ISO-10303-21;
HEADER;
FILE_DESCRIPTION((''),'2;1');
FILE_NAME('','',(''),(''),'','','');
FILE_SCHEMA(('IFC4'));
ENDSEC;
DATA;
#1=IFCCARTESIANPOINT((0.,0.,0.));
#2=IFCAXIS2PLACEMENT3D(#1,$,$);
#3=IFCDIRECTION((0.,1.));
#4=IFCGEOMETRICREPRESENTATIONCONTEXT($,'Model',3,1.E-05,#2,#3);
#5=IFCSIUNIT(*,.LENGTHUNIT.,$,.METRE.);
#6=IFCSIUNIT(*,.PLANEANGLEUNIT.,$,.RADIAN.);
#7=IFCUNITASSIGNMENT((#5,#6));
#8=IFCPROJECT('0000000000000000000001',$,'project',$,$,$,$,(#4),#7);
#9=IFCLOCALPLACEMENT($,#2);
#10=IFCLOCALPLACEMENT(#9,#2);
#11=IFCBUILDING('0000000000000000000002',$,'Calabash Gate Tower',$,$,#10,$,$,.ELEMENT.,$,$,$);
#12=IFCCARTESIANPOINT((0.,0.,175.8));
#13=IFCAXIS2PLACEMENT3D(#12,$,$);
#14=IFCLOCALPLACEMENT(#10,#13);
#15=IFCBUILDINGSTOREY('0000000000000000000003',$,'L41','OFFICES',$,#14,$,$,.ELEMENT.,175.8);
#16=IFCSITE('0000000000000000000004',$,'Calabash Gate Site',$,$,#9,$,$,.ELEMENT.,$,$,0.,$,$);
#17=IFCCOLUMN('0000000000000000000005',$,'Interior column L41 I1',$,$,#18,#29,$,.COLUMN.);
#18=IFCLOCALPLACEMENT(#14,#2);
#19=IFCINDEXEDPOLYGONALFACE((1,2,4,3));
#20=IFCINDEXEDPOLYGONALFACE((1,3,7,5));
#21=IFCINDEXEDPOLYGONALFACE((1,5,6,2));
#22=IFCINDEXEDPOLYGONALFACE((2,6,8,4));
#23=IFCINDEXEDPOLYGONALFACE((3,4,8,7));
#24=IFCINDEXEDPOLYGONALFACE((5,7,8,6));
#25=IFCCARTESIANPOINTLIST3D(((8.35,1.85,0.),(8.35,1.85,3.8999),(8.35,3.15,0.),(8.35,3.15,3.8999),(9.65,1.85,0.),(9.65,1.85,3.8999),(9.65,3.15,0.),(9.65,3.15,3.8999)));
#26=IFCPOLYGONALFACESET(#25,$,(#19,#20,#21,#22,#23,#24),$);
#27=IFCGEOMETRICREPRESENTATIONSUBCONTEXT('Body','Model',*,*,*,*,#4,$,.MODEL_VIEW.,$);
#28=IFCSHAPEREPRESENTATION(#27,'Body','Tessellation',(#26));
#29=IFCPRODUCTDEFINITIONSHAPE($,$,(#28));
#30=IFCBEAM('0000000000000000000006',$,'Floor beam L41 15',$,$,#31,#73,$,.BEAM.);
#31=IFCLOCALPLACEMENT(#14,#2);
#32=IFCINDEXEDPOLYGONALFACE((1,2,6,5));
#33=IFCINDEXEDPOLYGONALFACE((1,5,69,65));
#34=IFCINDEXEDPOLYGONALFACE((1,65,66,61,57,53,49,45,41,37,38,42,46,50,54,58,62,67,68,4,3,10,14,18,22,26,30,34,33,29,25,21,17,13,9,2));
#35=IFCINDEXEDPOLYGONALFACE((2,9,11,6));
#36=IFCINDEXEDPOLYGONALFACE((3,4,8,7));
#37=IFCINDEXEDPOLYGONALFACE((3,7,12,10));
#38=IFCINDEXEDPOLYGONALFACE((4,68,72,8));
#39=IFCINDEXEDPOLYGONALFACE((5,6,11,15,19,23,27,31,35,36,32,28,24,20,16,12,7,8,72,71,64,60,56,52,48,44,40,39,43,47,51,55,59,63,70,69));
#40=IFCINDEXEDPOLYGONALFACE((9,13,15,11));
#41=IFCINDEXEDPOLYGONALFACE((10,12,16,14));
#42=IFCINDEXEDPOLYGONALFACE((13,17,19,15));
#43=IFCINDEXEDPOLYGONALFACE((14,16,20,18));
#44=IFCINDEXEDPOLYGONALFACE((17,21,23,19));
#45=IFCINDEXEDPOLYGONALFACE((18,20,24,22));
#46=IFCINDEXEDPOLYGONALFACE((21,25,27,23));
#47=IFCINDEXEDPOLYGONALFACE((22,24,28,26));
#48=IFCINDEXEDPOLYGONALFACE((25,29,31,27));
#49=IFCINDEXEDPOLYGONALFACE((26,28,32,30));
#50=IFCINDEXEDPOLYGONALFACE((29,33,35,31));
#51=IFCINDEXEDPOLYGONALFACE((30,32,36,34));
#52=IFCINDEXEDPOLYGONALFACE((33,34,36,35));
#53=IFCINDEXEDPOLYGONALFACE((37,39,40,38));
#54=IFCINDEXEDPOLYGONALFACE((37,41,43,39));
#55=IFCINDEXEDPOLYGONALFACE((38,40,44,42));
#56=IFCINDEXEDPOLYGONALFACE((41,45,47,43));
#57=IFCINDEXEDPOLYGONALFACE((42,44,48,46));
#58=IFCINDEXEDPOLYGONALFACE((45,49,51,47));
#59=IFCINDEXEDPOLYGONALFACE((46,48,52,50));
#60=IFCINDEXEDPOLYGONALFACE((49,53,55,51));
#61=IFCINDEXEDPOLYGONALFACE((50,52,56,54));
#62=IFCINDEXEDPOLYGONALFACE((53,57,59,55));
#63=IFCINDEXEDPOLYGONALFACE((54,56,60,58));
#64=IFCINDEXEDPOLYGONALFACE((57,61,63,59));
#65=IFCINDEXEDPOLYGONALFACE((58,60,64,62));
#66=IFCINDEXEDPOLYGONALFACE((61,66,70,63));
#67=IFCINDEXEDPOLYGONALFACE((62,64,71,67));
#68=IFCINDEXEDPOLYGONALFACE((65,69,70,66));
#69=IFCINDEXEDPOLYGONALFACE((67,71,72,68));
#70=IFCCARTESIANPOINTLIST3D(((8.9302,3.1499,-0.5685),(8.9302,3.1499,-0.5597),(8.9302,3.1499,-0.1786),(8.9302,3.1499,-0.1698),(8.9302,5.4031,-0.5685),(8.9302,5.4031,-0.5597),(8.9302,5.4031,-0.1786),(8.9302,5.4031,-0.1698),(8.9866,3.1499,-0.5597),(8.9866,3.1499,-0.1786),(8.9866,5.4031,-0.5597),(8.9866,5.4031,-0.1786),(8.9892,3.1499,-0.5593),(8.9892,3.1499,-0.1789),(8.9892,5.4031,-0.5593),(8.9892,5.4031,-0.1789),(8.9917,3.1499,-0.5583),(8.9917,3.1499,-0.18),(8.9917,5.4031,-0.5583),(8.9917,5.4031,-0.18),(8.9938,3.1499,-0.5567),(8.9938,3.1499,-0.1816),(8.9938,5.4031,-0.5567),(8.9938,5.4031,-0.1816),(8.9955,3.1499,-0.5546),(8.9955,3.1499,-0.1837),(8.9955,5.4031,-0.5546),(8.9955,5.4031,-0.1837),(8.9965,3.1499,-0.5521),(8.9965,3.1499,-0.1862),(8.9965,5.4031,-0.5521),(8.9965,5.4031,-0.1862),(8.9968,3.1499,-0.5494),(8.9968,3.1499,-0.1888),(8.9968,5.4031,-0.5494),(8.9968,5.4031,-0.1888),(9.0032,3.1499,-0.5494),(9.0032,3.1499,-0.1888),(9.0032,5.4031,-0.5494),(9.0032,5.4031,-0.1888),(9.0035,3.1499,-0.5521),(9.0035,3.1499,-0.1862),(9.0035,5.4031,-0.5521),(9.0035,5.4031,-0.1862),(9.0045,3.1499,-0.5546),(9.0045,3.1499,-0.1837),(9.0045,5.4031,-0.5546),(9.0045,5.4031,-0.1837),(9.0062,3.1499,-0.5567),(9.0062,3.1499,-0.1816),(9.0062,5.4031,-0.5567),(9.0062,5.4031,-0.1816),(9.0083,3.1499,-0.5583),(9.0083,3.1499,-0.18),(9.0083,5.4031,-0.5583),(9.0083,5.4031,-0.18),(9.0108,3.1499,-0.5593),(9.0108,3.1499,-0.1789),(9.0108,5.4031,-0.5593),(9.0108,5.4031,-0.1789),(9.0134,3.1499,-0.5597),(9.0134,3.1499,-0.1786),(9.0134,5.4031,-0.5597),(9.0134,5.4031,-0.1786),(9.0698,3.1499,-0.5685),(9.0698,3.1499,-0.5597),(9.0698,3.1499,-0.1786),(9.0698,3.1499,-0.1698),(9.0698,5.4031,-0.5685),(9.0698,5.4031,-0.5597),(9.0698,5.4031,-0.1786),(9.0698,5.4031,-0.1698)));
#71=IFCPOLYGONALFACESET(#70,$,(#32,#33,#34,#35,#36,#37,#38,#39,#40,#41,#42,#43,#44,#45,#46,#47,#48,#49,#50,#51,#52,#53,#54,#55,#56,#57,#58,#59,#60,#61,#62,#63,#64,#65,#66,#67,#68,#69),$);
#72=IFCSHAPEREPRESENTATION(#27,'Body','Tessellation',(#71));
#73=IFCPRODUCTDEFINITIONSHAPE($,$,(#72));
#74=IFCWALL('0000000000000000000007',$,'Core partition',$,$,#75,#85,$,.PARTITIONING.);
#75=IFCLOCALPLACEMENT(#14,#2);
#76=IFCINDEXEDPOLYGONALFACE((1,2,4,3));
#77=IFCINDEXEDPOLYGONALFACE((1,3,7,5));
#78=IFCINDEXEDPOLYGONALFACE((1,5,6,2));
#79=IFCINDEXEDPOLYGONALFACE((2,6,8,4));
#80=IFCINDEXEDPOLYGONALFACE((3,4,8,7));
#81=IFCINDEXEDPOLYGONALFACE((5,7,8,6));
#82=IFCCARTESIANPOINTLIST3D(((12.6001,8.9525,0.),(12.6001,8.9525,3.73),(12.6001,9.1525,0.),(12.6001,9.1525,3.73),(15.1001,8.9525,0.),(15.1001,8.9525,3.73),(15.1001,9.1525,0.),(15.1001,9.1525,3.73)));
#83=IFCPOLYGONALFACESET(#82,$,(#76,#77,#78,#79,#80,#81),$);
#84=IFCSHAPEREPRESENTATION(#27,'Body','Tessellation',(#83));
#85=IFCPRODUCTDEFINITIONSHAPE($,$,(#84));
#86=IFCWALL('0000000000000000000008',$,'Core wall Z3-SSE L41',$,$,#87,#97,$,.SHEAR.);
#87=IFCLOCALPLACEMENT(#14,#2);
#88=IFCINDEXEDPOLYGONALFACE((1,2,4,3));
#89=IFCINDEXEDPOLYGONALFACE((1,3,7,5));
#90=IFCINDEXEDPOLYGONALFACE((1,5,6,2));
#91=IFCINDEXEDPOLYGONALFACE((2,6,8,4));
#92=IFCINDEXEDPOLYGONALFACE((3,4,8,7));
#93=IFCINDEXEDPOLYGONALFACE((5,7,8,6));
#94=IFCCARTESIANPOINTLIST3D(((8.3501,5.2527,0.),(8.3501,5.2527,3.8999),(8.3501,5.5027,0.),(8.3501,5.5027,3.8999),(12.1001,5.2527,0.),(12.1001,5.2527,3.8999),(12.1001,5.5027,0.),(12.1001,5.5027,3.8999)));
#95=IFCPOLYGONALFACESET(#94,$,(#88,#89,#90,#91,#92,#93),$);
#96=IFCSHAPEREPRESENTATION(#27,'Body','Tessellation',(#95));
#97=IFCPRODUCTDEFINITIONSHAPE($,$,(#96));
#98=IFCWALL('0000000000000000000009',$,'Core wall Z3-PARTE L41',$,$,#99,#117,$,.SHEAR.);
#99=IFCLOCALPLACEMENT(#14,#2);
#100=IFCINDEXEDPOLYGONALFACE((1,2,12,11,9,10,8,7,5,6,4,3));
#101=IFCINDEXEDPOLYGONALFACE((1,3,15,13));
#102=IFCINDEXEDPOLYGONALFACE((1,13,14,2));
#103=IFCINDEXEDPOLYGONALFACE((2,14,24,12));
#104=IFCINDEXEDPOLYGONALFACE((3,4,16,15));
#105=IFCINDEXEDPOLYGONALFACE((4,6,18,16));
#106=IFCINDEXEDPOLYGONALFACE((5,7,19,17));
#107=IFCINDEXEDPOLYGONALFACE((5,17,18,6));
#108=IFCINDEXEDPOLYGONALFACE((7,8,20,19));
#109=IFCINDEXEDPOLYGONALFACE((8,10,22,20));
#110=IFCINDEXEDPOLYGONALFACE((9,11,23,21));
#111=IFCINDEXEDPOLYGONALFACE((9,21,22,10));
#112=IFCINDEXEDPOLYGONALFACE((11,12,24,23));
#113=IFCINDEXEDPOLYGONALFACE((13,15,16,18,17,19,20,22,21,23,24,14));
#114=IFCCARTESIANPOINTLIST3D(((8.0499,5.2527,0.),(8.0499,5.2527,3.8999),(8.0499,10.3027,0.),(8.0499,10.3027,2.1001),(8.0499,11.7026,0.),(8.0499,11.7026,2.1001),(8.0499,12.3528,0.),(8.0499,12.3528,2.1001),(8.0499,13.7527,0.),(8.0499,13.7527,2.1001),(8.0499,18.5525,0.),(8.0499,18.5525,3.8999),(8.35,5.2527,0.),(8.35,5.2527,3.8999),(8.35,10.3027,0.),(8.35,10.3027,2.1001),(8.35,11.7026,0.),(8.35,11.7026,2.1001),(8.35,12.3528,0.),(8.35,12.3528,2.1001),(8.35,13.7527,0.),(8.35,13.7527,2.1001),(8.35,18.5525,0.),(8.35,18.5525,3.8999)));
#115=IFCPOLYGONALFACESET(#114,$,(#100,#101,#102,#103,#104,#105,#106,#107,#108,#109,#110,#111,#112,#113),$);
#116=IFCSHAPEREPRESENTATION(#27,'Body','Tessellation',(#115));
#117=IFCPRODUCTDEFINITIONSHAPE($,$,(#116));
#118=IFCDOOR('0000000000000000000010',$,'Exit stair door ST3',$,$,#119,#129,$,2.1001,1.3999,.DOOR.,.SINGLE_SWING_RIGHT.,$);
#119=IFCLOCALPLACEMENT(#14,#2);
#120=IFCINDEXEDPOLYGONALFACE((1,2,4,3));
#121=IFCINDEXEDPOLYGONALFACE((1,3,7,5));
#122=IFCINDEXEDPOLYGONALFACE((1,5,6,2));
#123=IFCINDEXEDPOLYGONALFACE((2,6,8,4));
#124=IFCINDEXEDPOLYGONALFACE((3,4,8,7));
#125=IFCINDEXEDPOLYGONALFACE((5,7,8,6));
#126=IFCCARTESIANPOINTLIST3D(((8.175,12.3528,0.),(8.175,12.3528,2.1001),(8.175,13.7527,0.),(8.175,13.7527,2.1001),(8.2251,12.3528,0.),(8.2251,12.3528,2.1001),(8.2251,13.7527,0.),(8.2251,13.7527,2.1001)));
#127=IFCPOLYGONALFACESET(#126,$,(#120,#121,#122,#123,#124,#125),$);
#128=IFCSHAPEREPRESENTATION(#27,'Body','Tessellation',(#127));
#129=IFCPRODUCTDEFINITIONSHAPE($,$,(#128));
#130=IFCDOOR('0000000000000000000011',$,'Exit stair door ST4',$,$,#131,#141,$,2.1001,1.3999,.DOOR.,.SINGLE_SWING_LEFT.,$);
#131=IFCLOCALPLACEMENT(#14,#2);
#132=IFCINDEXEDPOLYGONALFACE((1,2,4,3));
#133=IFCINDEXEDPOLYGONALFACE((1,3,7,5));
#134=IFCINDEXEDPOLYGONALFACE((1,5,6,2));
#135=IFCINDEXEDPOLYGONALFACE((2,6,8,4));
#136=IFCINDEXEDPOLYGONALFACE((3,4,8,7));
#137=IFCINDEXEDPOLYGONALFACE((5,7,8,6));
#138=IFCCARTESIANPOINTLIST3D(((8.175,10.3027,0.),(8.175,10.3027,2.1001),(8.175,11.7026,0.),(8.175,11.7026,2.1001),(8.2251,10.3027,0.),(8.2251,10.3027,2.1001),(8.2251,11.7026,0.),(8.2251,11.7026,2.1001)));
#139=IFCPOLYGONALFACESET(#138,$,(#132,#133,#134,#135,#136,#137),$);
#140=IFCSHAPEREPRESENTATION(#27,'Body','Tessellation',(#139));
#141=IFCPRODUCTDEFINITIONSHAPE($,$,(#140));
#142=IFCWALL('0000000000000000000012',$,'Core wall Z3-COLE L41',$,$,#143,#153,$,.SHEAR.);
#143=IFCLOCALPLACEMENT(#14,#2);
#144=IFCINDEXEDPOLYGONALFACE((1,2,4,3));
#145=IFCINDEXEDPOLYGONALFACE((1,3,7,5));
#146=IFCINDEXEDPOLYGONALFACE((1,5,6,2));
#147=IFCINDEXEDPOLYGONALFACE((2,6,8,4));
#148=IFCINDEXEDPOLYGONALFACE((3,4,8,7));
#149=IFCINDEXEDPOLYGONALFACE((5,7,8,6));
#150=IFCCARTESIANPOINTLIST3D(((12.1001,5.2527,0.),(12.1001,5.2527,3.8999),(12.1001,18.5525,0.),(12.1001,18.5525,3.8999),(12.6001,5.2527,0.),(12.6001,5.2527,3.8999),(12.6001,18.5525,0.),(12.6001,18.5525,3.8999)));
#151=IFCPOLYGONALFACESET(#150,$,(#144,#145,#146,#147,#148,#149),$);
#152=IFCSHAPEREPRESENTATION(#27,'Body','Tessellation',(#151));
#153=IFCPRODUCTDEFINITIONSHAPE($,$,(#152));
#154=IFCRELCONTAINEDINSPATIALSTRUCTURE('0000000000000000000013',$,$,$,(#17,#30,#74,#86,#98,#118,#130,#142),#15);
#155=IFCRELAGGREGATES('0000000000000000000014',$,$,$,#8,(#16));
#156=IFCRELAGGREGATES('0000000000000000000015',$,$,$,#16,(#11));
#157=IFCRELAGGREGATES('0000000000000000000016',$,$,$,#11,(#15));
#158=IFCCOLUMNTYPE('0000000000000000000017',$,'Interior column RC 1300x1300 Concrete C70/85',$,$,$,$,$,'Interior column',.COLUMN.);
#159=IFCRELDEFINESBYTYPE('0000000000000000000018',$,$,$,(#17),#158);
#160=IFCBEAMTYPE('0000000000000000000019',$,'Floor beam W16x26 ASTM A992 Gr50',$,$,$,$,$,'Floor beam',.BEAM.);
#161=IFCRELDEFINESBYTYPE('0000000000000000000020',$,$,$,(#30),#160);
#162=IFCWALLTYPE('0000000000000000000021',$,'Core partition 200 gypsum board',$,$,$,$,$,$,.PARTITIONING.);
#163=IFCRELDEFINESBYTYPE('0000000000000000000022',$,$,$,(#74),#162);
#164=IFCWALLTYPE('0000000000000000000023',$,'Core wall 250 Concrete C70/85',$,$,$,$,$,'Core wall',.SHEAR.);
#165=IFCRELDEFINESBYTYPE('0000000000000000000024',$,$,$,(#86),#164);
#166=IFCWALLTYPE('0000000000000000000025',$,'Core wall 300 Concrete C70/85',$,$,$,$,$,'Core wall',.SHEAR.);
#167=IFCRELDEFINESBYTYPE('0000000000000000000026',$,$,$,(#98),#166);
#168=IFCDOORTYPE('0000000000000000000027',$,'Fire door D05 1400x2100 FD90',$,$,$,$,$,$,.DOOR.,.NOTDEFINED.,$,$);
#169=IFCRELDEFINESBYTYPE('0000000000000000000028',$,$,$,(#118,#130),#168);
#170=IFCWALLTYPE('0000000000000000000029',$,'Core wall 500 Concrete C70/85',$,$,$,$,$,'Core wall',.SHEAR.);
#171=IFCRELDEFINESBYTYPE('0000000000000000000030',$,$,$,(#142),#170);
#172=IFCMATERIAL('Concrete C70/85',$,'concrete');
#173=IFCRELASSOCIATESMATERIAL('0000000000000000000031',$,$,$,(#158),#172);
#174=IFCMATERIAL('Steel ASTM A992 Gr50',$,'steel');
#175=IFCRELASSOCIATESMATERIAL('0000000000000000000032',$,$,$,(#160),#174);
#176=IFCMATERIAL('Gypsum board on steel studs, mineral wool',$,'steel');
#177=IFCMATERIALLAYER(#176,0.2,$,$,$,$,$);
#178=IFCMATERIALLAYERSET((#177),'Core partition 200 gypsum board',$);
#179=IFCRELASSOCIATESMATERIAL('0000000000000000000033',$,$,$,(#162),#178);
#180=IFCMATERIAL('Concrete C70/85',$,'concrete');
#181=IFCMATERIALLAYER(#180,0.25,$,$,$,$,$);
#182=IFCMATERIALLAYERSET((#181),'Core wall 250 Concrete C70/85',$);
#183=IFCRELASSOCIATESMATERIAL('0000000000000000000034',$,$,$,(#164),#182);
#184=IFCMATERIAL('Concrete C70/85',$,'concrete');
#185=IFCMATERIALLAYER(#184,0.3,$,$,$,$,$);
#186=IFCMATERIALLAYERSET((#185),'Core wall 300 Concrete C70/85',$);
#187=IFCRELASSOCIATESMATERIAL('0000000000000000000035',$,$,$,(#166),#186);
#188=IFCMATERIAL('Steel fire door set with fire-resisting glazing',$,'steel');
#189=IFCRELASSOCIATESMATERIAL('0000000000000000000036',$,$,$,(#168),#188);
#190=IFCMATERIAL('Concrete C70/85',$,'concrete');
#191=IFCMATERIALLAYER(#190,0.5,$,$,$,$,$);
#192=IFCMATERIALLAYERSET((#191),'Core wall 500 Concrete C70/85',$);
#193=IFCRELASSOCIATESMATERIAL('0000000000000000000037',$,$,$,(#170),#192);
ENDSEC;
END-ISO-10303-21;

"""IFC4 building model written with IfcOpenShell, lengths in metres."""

from ifc_helpers import new_model, si_unit, direction, frame, frame_2d, origin, origin_2d, place, context, subcontext, project, spatial, rectangle, i_section, extrude, material, layer, layer_set, material_profile, profile_set, type_object, element, fill, save


model = new_model("IFC4")

# Units and contexts
model_context = context("Model", 3, precision=1e-05, world=origin(), true_north=direction((0.0, 1.0)))
body_context = subcontext(model_context, "Body", "Model", "MODEL_VIEW")
ifc_project = project(units=[si_unit("LENGTHUNIT", "METRE"), si_unit("PLANEANGLEUNIT", "RADIAN")], contexts=[model_context])

# Site, building, storey
site_placement = place(None, origin())
site = spatial("IfcSite", under=ifc_project, at=site_placement, Name="Calabash Gate Site", CompositionType="ELEMENT", RefElevation=0.0)
building_placement = place(site_placement, origin())
building = spatial("IfcBuilding", under=site, at=building_placement, Name="Calabash Gate Tower", CompositionType="ELEMENT")
storey_placement = place(building_placement, frame((0.0, 0.0, 175.8)))
storey = spatial("IfcBuildingStorey", under=building, at=storey_placement, Name="L41", Description="OFFICES", CompositionType="ELEMENT", Elevation=175.8)

# Column
ifc_material_1 = material(Name="Concrete C70/85", Category="concrete")
ifc_material_profile_1 = material_profile(ifc_material_1, rectangle(XDim=1.3, YDim=1.3, at=origin_2d()))
ifc_profile_set_1 = profile_set([ifc_material_profile_1], Name="Concrete C70/85")
column_type = type_object("IfcColumnType", Name="Interior column RC 1300x1300 Concrete C70/85", ElementType="Interior column", PredefinedType="COLUMN", material=ifc_profile_set_1)
column_placement = place(storey_placement, frame((9.0, 2.5, 0.0), z_axis=(0.0, 0.0, 1.0), x_axis=(1.0, 0.0, 0.0)))
element("IfcColumn", 1, at=column_placement, inside=storey, type_object=column_type, Name="Interior column L41 I1", PredefinedType="COLUMN", context=body_context, shape_type="SweptSolid", body=[
    extrude(rectangle(XDim=1.3, YDim=1.3, at=origin_2d()), origin(), (0.0, 0.0, 1.0), 3.8999),
])

# Beam
ifc_material_2 = material(Name="Steel ASTM A992 Gr50", Category="steel")
ifc_material_profile_2 = material_profile(ifc_material_2, i_section(OverallWidth=0.1396, OverallDepth=0.3987, WebThickness=0.0063, FlangeThickness=0.0088, FilletRadius=0.0103, at=origin_2d()))
ifc_profile_set_2 = profile_set([ifc_material_profile_2], Name="Steel ASTM A992 Gr50")
beam_type = type_object("IfcBeamType", Name="Floor beam W16x26 ASTM A992 Gr50", ElementType="Floor beam", PredefinedType="BEAM", material=ifc_profile_set_2)
beam_placement = place(storey_placement, frame((9.0, 3.1499, -0.3691), z_axis=(0.0, 1.0, 0.0), x_axis=(-1.0, 0.0, 0.0)))
element("IfcBeam", 2, at=beam_placement, inside=storey, type_object=beam_type, Name="Floor beam L41 15", PredefinedType="BEAM", context=body_context, shape_type="SweptSolid", body=[
    extrude(i_section(OverallWidth=0.1396, OverallDepth=0.3987, WebThickness=0.0063, FlangeThickness=0.0088, FilletRadius=0.0103, at=origin_2d()), origin(), (0.0, 0.0, 1.0), 2.2532),
])

# Walls
ifc_material_3 = material(Name="Gypsum board on steel studs, mineral wool", Category="steel")
ifc_layer_1 = layer(ifc_material_3, 0.2)
ifc_layer_set_1 = layer_set([ifc_layer_1], Name="Core partition 200 gypsum board")
wall_type_1 = type_object("IfcWallType", Name="Core partition 200 gypsum board", PredefinedType="PARTITIONING", material=ifc_layer_set_1)
wall_1_placement = place(storey_placement, frame((12.6001, 9.0525, 0.0), z_axis=(0.0, 0.0, 1.0), x_axis=(1.0, 0.0, 0.0)))
element("IfcWall", 3, at=wall_1_placement, inside=storey, type_object=wall_type_1, Name="Core partition", PredefinedType="PARTITIONING", context=body_context, shape_type="SweptSolid", body=[
    extrude(rectangle(XDim=2.5, YDim=0.2, at=frame_2d((1.25, 0.0))), origin(), (0.0, 0.0, 1.0), 3.73),
])
ifc_material_4 = material(Name="Concrete C70/85", Category="concrete")
ifc_layer_2 = layer(ifc_material_4, 0.25)
ifc_layer_set_2 = layer_set([ifc_layer_2], Name="Core wall 250 Concrete C70/85")
wall_type_2 = type_object("IfcWallType", Name="Core wall 250 Concrete C70/85", ElementType="Core wall", PredefinedType="SHEAR", material=ifc_layer_set_2)
wall_2_placement = place(storey_placement, frame((8.3501, 5.3777, 0.0), z_axis=(0.0, 0.0, 1.0), x_axis=(1.0, 0.0, 0.0)))
element("IfcWall", 4, at=wall_2_placement, inside=storey, type_object=wall_type_2, Name="Core wall Z3-SSE L41", PredefinedType="SHEAR", context=body_context, shape_type="SweptSolid", body=[
    extrude(rectangle(XDim=3.75, YDim=0.25, at=frame_2d((1.875, 0.0))), origin(), (0.0, 0.0, 1.0), 3.8999),
])

# Wall, openings, doors
ifc_material_5 = material(Name="Concrete C70/85", Category="concrete")
ifc_layer_3 = layer(ifc_material_5, 0.3)
ifc_layer_set_3 = layer_set([ifc_layer_3], Name="Core wall 300 Concrete C70/85")
wall_type_3 = type_object("IfcWallType", Name="Core wall 300 Concrete C70/85", ElementType="Core wall", PredefinedType="SHEAR", material=ifc_layer_set_3)
wall_3_placement = place(storey_placement, frame((8.2, 5.2527, 0.0), z_axis=(0.0, 0.0, 1.0), x_axis=(0.0, 1.0, 0.0)))
wall_3 = element("IfcWall", 5, at=wall_3_placement, inside=storey, type_object=wall_type_3, Name="Core wall Z3-PARTE L41", PredefinedType="SHEAR", context=body_context, shape_type="SweptSolid", body=[
    extrude(rectangle(XDim=13.2998, YDim=0.3, at=frame_2d((6.6499, 0.0))), origin(), (0.0, 0.0, 1.0), 3.8999),
])
opening_1_placement = place(wall_3_placement, frame((7.1001, 0.0, 0.0)))
opening_1 = element("IfcOpeningElement", 6, at=opening_1_placement, cuts=wall_3, PredefinedType="OPENING", context=body_context, shape_type="SweptSolid", body=[
    extrude(rectangle(XDim=1.3999, YDim=2.1001, at=frame_2d((0.7, 1.05))), frame((0.0, 0.1599, 0.0), z_axis=(0.0, -1.0, 0.0), x_axis=(1.0, 0.0, 0.0)), (0.0, 0.0, 1.0), 0.3201),
])
opening_2_placement = place(wall_3_placement, frame((5.05, 0.0, 0.0)))
opening_2 = element("IfcOpeningElement", 7, at=opening_2_placement, cuts=wall_3, PredefinedType="OPENING", context=body_context, shape_type="SweptSolid", body=[
    extrude(rectangle(XDim=1.3999, YDim=2.1001, at=frame_2d((0.7, 1.05))), frame((0.0, 0.1599, 0.0), z_axis=(0.0, -1.0, 0.0), x_axis=(1.0, 0.0, 0.0)), (0.0, 0.0, 1.0), 0.3201),
])
ifc_material_6 = material(Name="Steel fire door set with fire-resisting glazing", Category="steel")
door_type_1 = type_object("IfcDoorType", Name="Fire door D05 1400x2100 FD90", OperationType="NOTDEFINED", PredefinedType="DOOR", material=ifc_material_6)
door_1_placement = place(opening_1_placement, origin())
door_1 = element("IfcDoor", 8, at=door_1_placement, inside=storey, type_object=door_type_1, Name="Exit stair door ST3", OperationType="SINGLE_SWING_RIGHT", OverallHeight=2.1001, OverallWidth=1.3999, PredefinedType="DOOR", context=body_context, shape_type="SweptSolid", body=[
    extrude(rectangle(XDim=1.3999, YDim=2.1001, at=frame_2d((0.7, 1.05))), frame((0.0, 0.0249, 0.0), z_axis=(0.0, -1.0, 0.0), x_axis=(1.0, 0.0, 0.0)), (0.0, 0.0, 1.0), 0.05),
])
fill(opening_1, door_1)
door_2_placement = place(opening_2_placement, origin())
door_2 = element("IfcDoor", 9, at=door_2_placement, inside=storey, type_object=door_type_1, Name="Exit stair door ST4", OperationType="SINGLE_SWING_LEFT", OverallHeight=2.1001, OverallWidth=1.3999, PredefinedType="DOOR", context=body_context, shape_type="SweptSolid", body=[
    extrude(rectangle(XDim=1.3999, YDim=2.1001, at=frame_2d((0.7, 1.05))), frame((0.0, 0.0249, 0.0), z_axis=(0.0, -1.0, 0.0), x_axis=(1.0, 0.0, 0.0)), (0.0, 0.0, 1.0), 0.05),
])
fill(opening_2, door_2)

# Wall
ifc_material_7 = material(Name="Concrete C70/85", Category="concrete")
ifc_layer_4 = layer(ifc_material_7, 0.5)
ifc_layer_set_4 = layer_set([ifc_layer_4], Name="Core wall 500 Concrete C70/85")
wall_type_4 = type_object("IfcWallType", Name="Core wall 500 Concrete C70/85", ElementType="Core wall", PredefinedType="SHEAR", material=ifc_layer_set_4)
wall_4_placement = place(storey_placement, frame((12.3501, 5.2527, 0.0), z_axis=(0.0, 0.0, 1.0), x_axis=(0.0, 1.0, 0.0)))
element("IfcWall", 10, at=wall_4_placement, inside=storey, type_object=wall_type_4, Name="Core wall Z3-COLE L41", PredefinedType="SHEAR", context=body_context, shape_type="SweptSolid", body=[
    extrude(rectangle(XDim=13.2998, YDim=0.5, at=frame_2d((6.6499, 0.0))), origin(), (0.0, 0.0, 1.0), 3.8999),
])

save(model, "model.ifc")
